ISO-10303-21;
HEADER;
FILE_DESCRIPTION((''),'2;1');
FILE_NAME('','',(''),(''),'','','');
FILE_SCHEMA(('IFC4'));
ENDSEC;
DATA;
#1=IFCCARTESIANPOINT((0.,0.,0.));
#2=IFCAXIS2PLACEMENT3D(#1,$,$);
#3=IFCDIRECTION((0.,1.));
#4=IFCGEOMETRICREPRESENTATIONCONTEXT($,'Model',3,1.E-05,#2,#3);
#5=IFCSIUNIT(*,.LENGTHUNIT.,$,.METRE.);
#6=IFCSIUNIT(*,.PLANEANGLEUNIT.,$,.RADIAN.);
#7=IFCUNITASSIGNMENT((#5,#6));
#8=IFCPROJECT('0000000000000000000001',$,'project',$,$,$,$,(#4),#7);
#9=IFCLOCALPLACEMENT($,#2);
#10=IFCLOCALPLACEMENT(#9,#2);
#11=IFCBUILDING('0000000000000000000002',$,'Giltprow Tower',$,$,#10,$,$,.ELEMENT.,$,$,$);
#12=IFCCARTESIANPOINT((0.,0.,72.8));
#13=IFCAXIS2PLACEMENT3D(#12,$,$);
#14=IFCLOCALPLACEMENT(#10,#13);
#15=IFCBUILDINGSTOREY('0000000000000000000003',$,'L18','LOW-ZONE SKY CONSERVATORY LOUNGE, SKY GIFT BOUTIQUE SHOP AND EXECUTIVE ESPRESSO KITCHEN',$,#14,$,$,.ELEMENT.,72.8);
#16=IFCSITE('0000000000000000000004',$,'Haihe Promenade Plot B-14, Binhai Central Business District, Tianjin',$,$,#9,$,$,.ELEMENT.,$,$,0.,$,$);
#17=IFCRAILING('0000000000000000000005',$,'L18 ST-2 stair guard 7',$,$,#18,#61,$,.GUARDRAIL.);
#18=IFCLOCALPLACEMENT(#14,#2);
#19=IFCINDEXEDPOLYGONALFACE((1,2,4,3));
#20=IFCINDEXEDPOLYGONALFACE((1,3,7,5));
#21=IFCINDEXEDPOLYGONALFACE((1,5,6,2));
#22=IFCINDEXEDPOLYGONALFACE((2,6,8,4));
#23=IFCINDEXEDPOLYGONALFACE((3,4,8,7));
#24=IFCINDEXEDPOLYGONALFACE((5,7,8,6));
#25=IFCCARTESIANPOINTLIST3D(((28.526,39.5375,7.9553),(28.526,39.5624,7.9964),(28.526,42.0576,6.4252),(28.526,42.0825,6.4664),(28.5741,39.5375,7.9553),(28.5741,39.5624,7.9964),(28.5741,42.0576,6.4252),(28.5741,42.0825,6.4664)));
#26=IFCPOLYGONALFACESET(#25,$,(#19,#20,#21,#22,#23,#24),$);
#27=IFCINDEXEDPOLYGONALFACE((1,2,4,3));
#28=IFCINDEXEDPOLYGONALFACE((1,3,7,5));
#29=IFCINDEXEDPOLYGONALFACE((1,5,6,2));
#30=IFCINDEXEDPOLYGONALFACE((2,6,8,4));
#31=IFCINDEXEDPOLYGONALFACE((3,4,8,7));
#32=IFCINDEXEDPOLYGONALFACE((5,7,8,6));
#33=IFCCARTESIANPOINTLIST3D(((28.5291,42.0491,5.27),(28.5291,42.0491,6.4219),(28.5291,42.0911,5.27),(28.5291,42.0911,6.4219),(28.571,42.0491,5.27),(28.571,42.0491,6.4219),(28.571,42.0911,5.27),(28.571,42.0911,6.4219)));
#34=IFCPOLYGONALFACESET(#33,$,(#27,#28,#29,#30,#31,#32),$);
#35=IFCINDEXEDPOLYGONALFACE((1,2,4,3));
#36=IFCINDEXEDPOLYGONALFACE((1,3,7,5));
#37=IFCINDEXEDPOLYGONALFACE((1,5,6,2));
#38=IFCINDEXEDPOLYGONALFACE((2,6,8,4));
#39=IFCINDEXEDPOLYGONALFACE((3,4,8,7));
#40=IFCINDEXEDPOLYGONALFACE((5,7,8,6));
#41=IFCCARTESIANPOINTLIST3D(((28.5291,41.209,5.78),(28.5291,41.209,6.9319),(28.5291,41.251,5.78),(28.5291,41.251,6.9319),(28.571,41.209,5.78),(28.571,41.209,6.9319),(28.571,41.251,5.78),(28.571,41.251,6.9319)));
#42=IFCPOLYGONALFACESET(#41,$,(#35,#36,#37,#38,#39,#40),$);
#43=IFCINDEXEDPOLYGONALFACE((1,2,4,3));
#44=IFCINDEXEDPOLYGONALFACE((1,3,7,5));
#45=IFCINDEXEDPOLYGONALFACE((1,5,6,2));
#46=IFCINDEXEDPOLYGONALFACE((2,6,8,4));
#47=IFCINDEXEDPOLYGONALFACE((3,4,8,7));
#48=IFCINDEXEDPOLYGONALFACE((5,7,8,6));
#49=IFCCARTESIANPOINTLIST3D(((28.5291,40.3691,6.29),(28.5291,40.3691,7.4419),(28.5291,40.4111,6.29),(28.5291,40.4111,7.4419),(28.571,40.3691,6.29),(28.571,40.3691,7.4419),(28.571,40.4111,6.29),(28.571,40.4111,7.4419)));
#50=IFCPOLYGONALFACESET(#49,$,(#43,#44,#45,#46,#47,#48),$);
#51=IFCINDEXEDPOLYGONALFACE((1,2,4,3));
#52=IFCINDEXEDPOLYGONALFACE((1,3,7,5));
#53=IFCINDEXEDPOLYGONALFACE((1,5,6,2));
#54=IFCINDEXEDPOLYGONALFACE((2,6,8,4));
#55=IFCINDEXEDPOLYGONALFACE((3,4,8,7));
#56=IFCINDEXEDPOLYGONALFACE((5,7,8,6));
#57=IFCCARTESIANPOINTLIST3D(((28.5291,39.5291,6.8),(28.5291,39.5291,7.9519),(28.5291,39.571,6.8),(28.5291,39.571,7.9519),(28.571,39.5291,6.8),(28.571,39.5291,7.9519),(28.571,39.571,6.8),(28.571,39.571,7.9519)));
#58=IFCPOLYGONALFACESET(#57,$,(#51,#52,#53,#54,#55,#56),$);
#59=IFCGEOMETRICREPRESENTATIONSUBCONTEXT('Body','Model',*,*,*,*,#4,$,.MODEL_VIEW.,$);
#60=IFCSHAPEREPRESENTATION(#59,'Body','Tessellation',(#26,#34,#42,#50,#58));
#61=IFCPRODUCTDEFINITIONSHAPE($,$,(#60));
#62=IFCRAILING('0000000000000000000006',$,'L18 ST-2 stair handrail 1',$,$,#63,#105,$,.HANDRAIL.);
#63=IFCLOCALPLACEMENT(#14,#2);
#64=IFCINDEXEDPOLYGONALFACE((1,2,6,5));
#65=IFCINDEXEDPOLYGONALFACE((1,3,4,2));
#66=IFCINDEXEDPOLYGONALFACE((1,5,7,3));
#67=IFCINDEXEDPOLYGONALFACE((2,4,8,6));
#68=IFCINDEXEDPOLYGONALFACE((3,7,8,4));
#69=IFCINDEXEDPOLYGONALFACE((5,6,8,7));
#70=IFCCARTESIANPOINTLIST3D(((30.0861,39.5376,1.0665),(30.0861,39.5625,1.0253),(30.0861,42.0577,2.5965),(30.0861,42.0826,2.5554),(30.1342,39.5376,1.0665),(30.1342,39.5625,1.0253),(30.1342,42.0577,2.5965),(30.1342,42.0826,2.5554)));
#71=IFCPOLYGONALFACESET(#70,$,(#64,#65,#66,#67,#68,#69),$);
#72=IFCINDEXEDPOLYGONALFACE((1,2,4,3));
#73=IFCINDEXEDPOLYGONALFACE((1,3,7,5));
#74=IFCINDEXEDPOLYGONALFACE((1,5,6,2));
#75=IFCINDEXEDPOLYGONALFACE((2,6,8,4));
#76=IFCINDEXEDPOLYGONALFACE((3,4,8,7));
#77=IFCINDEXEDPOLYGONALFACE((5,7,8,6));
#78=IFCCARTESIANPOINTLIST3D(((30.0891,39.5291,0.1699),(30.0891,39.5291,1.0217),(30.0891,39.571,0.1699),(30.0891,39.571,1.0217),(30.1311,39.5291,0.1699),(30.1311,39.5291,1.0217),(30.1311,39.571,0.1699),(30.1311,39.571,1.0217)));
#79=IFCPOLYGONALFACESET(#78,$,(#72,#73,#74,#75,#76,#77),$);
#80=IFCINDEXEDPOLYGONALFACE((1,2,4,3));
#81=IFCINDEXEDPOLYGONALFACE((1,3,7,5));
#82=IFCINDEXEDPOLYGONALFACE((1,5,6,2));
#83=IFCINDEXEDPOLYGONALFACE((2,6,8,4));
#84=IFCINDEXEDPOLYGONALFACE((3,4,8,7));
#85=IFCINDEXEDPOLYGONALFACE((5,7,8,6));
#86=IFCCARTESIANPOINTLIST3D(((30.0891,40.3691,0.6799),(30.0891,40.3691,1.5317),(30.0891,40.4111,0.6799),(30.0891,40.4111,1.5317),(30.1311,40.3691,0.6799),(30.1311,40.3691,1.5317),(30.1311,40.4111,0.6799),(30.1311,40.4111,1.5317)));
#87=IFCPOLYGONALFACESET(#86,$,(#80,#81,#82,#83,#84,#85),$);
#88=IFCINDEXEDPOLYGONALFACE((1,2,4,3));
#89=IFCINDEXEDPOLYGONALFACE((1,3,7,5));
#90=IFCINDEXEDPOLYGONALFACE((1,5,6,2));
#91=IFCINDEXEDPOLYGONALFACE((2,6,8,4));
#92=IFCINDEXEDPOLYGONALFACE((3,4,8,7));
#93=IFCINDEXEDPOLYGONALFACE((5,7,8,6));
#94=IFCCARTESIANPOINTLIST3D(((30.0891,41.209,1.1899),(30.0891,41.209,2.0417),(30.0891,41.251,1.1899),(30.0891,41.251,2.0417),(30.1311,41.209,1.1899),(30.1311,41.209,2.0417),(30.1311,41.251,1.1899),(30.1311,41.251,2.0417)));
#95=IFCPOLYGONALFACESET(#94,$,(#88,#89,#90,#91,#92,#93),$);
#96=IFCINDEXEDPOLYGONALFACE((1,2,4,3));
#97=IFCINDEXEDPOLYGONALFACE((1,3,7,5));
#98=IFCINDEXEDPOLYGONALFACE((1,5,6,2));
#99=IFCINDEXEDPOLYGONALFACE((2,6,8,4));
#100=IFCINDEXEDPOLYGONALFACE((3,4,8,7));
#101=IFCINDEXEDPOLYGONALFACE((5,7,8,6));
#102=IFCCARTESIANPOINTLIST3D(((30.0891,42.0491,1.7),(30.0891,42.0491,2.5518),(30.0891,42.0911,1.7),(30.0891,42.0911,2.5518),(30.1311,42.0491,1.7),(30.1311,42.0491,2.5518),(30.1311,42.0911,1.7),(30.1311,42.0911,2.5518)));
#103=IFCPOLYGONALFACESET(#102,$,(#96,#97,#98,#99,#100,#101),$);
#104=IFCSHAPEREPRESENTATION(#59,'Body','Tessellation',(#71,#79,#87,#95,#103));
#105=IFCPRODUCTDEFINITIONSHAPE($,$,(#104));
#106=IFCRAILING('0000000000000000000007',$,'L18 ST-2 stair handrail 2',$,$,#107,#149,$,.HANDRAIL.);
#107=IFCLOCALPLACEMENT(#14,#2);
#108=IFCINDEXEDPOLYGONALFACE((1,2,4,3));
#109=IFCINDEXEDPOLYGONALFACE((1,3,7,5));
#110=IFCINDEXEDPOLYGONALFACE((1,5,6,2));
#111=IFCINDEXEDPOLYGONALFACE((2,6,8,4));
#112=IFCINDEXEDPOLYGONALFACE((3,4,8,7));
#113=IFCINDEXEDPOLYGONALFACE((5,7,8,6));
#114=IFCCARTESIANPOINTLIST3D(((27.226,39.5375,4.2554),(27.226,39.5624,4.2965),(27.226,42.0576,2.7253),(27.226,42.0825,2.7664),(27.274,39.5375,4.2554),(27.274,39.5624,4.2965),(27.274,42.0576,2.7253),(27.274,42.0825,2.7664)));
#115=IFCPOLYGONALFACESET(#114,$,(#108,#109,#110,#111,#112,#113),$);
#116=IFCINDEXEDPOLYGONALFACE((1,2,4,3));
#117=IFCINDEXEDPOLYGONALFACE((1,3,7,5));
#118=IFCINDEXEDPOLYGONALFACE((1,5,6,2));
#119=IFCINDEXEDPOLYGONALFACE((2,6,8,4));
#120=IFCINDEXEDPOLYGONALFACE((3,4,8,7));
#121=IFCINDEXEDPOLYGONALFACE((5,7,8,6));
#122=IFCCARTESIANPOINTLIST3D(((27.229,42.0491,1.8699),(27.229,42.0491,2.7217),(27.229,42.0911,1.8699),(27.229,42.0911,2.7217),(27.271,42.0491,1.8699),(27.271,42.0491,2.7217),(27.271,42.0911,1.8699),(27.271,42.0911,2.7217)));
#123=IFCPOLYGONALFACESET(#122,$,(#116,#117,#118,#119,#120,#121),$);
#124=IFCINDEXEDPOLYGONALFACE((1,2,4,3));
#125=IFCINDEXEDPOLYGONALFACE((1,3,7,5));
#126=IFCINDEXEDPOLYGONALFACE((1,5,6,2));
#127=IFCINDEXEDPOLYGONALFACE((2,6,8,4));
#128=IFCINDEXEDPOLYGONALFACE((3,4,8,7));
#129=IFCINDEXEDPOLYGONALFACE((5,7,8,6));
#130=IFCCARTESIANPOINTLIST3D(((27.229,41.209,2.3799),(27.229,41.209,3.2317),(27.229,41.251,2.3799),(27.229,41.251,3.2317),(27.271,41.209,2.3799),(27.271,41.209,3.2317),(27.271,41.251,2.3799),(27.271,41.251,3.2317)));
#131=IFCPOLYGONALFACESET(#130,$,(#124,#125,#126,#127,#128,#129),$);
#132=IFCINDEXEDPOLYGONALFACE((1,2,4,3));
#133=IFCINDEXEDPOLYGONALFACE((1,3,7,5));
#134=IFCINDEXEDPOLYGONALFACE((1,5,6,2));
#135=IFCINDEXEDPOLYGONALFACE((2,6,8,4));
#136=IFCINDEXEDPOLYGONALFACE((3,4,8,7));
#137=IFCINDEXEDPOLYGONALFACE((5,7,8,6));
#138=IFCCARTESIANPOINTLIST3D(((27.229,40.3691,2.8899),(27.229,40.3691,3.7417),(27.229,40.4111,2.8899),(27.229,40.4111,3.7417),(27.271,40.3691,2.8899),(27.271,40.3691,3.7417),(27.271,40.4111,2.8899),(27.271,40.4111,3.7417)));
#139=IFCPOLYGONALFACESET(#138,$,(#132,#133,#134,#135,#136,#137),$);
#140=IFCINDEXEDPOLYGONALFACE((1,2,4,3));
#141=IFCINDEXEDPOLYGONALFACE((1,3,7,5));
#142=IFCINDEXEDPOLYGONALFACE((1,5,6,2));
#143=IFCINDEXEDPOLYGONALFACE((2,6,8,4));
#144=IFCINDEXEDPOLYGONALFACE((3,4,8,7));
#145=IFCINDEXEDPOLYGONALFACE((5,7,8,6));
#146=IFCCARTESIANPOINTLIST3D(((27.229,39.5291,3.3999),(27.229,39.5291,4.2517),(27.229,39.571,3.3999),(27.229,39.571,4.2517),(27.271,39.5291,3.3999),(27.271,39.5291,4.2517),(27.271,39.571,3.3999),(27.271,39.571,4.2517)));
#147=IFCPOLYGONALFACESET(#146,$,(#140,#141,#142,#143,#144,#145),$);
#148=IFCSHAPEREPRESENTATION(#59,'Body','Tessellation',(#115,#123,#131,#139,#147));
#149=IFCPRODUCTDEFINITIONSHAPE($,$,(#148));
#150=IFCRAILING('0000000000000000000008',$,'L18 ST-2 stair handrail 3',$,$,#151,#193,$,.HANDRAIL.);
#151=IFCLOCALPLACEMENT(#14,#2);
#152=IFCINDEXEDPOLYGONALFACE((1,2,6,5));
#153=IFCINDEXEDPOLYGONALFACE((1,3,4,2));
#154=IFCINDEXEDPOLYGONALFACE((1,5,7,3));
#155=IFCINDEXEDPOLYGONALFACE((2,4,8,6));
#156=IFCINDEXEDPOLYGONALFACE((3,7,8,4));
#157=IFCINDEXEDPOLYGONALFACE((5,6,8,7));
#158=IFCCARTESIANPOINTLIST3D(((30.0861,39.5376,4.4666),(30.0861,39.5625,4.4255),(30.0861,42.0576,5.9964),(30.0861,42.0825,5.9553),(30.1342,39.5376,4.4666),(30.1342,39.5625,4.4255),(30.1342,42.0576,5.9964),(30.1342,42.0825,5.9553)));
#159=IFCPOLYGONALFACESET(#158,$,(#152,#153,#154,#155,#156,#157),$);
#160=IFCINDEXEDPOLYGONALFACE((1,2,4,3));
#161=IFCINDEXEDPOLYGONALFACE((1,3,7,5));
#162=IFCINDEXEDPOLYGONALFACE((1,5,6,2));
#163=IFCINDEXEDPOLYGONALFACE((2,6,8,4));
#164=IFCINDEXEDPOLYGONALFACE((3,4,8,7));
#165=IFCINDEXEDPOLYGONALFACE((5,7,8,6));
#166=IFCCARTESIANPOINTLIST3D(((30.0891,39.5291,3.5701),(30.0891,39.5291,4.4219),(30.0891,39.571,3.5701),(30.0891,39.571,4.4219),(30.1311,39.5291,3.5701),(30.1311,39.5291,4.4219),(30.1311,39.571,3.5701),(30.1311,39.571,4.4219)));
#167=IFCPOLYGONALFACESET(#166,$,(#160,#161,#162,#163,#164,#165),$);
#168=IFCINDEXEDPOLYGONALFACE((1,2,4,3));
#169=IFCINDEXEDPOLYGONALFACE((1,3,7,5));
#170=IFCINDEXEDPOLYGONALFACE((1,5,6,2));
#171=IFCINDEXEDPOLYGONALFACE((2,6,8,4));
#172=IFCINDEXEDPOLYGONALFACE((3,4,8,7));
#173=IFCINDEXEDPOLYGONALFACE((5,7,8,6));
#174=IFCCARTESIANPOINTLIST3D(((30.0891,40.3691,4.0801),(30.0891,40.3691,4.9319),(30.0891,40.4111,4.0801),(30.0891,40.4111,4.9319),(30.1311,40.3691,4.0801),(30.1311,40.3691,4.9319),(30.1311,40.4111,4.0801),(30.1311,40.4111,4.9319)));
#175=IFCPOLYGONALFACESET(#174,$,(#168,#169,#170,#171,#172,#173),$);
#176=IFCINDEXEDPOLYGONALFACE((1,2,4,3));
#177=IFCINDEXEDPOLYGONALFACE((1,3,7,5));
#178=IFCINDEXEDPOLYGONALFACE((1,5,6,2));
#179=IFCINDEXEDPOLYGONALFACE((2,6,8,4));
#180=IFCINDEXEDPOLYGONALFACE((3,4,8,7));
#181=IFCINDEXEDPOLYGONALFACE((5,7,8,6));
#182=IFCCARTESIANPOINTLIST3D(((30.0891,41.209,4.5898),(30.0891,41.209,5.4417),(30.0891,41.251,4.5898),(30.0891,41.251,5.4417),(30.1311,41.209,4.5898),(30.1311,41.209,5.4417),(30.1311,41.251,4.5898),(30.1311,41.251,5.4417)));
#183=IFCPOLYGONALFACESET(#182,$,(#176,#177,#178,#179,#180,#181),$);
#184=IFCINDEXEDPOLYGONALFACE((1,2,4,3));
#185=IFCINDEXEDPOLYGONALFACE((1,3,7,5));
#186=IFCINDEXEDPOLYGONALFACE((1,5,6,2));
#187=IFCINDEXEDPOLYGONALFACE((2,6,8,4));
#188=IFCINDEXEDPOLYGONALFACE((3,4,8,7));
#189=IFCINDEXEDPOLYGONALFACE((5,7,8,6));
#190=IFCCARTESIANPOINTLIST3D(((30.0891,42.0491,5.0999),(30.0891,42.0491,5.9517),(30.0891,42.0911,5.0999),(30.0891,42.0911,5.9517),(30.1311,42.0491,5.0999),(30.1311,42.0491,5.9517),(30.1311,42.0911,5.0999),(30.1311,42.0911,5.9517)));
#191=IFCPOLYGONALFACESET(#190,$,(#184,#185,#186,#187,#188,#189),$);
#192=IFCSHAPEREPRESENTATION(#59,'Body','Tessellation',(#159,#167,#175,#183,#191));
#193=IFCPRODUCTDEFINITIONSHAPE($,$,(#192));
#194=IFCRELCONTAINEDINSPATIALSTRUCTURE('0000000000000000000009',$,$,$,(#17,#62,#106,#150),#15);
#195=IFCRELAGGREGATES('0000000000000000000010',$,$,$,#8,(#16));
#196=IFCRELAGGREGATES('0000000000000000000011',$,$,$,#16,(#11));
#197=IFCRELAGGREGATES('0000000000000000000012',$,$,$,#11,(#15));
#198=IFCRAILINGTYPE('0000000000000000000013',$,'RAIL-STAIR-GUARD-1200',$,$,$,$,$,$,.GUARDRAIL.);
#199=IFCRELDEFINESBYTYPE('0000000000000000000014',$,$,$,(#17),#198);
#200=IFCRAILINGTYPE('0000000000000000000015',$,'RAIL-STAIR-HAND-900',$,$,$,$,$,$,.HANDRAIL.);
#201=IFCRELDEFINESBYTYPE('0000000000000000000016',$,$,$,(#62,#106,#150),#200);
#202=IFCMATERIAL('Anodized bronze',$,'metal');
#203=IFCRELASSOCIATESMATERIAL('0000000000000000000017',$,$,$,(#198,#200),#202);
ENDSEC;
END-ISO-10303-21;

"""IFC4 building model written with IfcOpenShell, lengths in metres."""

from ifc_helpers import new_model, si_unit, direction, frame, origin, origin_2d, place, context, subcontext, project, spatial, rectangle, extrude, material, type_object, element, save


model = new_model("IFC4")

# Units and contexts
model_context = context("Model", 3, precision=1e-05, world=origin(), true_north=direction((0.0, 1.0)))
body_context = subcontext(model_context, "Body", "Model", "MODEL_VIEW")
ifc_project = project(units=[si_unit("LENGTHUNIT", "METRE"), si_unit("PLANEANGLEUNIT", "RADIAN")], contexts=[model_context])

# Site, building, storey
site_placement = place(None, origin())
site = spatial("IfcSite", under=ifc_project, at=site_placement, Name="Haihe Promenade Plot B-14, Binhai Central Business District, Tianjin", CompositionType="ELEMENT", RefElevation=0.0)
building_placement = place(site_placement, origin())
building = spatial("IfcBuilding", under=site, at=building_placement, Name="Giltprow Tower", CompositionType="ELEMENT")
storey_placement = place(building_placement, frame((0.0, 0.0, 72.8)))
storey = spatial("IfcBuildingStorey", under=building, at=storey_placement, Name="L18", Description="LOW-ZONE SKY CONSERVATORY LOUNGE, SKY GIFT BOUTIQUE SHOP AND EXECUTIVE ESPRESSO KITCHEN", CompositionType="ELEMENT", Elevation=72.8)

# Railings
ifc_material_1 = material(Name="Anodized bronze", Category="metal")
railing_type_1 = type_object("IfcRailingType", Name="RAIL-STAIR-GUARD-1200", PredefinedType="GUARDRAIL", material=ifc_material_1)
railing_1_placement = place(storey_placement, frame((28.55, 42.0701, 5.27)))
element("IfcRailing", 1, at=railing_1_placement, inside=storey, type_object=railing_type_1, Name="L18 ST-2 stair guard 7", PredefinedType="GUARDRAIL", context=body_context, shape_type="SweptSolid", body=[
    extrude(rectangle(XDim=0.0481, YDim=0.0481, at=origin_2d()), frame((0.0, 0.0, 1.1758), z_axis=(0.0, -0.854785, 0.518982), x_axis=(1.0, 0.0, 0.0)), (0.0, 0.0, 1.0), 2.9482),
    extrude(rectangle(XDim=0.042, YDim=0.042, at=origin_2d()), origin(), (0.0, 0.0, 1.0), 1.1519),
    extrude(rectangle(XDim=0.042, YDim=0.042, at=origin_2d()), frame((0.0, -0.8401, 0.51)), (0.0, 0.0, 1.0), 1.1519),
    extrude(rectangle(XDim=0.042, YDim=0.042, at=origin_2d()), frame((0.0, -1.6799, 1.02)), (0.0, 0.0, 1.0), 1.1519),
    extrude(rectangle(XDim=0.042, YDim=0.042, at=origin_2d()), frame((0.0, -2.52, 1.53)), (0.0, 0.0, 1.0), 1.1519),
])
railing_type_2 = type_object("IfcRailingType", Name="RAIL-STAIR-HAND-900", PredefinedType="HANDRAIL", material=ifc_material_1)
railing_2_placement = place(storey_placement, frame((30.1101, 39.55, 0.1699)))
element("IfcRailing", 2, at=railing_2_placement, inside=storey, type_object=railing_type_2, Name="L18 ST-2 stair handrail 1", PredefinedType="HANDRAIL", context=body_context, shape_type="SweptSolid", body=[
    extrude(rectangle(XDim=0.0481, YDim=0.0481, at=origin_2d()), frame((0.0, 0.0, 0.876), z_axis=(0.0, 0.854785, 0.518982), x_axis=(-1.0, 0.0, 0.0)), (0.0, 0.0, 1.0), 2.9482),
    extrude(rectangle(XDim=0.042, YDim=0.042, at=origin_2d()), origin(), (0.0, 0.0, 1.0), 0.8518),
    extrude(rectangle(XDim=0.042, YDim=0.042, at=origin_2d()), frame((0.0, 0.8401, 0.51)), (0.0, 0.0, 1.0), 0.8518),
    extrude(rectangle(XDim=0.042, YDim=0.042, at=origin_2d()), frame((0.0, 1.6799, 1.02)), (0.0, 0.0, 1.0), 0.8518),
    extrude(rectangle(XDim=0.042, YDim=0.042, at=origin_2d()), frame((0.0, 2.52, 1.53)), (0.0, 0.0, 1.0), 0.8518),
])
railing_3_placement = place(storey_placement, frame((27.25, 42.0701, 1.8699)))
element("IfcRailing", 3, at=railing_3_placement, inside=storey, type_object=railing_type_2, Name="L18 ST-2 stair handrail 2", PredefinedType="HANDRAIL", context=body_context, shape_type="SweptSolid", body=[
    extrude(rectangle(XDim=0.0481, YDim=0.0481, at=origin_2d()), frame((0.0, 0.0, 0.876), z_axis=(0.0, -0.854785, 0.518982), x_axis=(1.0, 0.0, 0.0)), (0.0, 0.0, 1.0), 2.9482),
    extrude(rectangle(XDim=0.042, YDim=0.042, at=origin_2d()), origin(), (0.0, 0.0, 1.0), 0.8518),
    extrude(rectangle(XDim=0.042, YDim=0.042, at=origin_2d()), frame((0.0, -0.8401, 0.51)), (0.0, 0.0, 1.0), 0.8518),
    extrude(rectangle(XDim=0.042, YDim=0.042, at=origin_2d()), frame((0.0, -1.6799, 1.02)), (0.0, 0.0, 1.0), 0.8518),
    extrude(rectangle(XDim=0.042, YDim=0.042, at=origin_2d()), frame((0.0, -2.52, 1.53)), (0.0, 0.0, 1.0), 0.8518),
])
railing_4_placement = place(storey_placement, frame((30.1101, 39.55, 3.5701)))
element("IfcRailing", 4, at=railing_4_placement, inside=storey, type_object=railing_type_2, Name="L18 ST-2 stair handrail 3", PredefinedType="HANDRAIL", context=body_context, shape_type="SweptSolid", body=[
    extrude(rectangle(XDim=0.0481, YDim=0.0481, at=origin_2d()), frame((0.0, 0.0, 0.876), z_axis=(0.0, 0.854822, 0.518922), x_axis=(-1.0, 0.0, 0.0)), (0.0, 0.0, 1.0), 2.948),
    extrude(rectangle(XDim=0.042, YDim=0.042, at=origin_2d()), origin(), (0.0, 0.0, 1.0), 0.8518),
    extrude(rectangle(XDim=0.042, YDim=0.042, at=origin_2d()), frame((0.0, 0.8401, 0.51)), (0.0, 0.0, 1.0), 0.8518),
    extrude(rectangle(XDim=0.042, YDim=0.042, at=origin_2d()), frame((0.0, 1.6799, 1.0198)), (0.0, 0.0, 1.0), 0.8518),
    extrude(rectangle(XDim=0.042, YDim=0.042, at=origin_2d()), frame((0.0, 2.52, 1.5298)), (0.0, 0.0, 1.0), 0.8518),
])

save(model, "model.ifc")
